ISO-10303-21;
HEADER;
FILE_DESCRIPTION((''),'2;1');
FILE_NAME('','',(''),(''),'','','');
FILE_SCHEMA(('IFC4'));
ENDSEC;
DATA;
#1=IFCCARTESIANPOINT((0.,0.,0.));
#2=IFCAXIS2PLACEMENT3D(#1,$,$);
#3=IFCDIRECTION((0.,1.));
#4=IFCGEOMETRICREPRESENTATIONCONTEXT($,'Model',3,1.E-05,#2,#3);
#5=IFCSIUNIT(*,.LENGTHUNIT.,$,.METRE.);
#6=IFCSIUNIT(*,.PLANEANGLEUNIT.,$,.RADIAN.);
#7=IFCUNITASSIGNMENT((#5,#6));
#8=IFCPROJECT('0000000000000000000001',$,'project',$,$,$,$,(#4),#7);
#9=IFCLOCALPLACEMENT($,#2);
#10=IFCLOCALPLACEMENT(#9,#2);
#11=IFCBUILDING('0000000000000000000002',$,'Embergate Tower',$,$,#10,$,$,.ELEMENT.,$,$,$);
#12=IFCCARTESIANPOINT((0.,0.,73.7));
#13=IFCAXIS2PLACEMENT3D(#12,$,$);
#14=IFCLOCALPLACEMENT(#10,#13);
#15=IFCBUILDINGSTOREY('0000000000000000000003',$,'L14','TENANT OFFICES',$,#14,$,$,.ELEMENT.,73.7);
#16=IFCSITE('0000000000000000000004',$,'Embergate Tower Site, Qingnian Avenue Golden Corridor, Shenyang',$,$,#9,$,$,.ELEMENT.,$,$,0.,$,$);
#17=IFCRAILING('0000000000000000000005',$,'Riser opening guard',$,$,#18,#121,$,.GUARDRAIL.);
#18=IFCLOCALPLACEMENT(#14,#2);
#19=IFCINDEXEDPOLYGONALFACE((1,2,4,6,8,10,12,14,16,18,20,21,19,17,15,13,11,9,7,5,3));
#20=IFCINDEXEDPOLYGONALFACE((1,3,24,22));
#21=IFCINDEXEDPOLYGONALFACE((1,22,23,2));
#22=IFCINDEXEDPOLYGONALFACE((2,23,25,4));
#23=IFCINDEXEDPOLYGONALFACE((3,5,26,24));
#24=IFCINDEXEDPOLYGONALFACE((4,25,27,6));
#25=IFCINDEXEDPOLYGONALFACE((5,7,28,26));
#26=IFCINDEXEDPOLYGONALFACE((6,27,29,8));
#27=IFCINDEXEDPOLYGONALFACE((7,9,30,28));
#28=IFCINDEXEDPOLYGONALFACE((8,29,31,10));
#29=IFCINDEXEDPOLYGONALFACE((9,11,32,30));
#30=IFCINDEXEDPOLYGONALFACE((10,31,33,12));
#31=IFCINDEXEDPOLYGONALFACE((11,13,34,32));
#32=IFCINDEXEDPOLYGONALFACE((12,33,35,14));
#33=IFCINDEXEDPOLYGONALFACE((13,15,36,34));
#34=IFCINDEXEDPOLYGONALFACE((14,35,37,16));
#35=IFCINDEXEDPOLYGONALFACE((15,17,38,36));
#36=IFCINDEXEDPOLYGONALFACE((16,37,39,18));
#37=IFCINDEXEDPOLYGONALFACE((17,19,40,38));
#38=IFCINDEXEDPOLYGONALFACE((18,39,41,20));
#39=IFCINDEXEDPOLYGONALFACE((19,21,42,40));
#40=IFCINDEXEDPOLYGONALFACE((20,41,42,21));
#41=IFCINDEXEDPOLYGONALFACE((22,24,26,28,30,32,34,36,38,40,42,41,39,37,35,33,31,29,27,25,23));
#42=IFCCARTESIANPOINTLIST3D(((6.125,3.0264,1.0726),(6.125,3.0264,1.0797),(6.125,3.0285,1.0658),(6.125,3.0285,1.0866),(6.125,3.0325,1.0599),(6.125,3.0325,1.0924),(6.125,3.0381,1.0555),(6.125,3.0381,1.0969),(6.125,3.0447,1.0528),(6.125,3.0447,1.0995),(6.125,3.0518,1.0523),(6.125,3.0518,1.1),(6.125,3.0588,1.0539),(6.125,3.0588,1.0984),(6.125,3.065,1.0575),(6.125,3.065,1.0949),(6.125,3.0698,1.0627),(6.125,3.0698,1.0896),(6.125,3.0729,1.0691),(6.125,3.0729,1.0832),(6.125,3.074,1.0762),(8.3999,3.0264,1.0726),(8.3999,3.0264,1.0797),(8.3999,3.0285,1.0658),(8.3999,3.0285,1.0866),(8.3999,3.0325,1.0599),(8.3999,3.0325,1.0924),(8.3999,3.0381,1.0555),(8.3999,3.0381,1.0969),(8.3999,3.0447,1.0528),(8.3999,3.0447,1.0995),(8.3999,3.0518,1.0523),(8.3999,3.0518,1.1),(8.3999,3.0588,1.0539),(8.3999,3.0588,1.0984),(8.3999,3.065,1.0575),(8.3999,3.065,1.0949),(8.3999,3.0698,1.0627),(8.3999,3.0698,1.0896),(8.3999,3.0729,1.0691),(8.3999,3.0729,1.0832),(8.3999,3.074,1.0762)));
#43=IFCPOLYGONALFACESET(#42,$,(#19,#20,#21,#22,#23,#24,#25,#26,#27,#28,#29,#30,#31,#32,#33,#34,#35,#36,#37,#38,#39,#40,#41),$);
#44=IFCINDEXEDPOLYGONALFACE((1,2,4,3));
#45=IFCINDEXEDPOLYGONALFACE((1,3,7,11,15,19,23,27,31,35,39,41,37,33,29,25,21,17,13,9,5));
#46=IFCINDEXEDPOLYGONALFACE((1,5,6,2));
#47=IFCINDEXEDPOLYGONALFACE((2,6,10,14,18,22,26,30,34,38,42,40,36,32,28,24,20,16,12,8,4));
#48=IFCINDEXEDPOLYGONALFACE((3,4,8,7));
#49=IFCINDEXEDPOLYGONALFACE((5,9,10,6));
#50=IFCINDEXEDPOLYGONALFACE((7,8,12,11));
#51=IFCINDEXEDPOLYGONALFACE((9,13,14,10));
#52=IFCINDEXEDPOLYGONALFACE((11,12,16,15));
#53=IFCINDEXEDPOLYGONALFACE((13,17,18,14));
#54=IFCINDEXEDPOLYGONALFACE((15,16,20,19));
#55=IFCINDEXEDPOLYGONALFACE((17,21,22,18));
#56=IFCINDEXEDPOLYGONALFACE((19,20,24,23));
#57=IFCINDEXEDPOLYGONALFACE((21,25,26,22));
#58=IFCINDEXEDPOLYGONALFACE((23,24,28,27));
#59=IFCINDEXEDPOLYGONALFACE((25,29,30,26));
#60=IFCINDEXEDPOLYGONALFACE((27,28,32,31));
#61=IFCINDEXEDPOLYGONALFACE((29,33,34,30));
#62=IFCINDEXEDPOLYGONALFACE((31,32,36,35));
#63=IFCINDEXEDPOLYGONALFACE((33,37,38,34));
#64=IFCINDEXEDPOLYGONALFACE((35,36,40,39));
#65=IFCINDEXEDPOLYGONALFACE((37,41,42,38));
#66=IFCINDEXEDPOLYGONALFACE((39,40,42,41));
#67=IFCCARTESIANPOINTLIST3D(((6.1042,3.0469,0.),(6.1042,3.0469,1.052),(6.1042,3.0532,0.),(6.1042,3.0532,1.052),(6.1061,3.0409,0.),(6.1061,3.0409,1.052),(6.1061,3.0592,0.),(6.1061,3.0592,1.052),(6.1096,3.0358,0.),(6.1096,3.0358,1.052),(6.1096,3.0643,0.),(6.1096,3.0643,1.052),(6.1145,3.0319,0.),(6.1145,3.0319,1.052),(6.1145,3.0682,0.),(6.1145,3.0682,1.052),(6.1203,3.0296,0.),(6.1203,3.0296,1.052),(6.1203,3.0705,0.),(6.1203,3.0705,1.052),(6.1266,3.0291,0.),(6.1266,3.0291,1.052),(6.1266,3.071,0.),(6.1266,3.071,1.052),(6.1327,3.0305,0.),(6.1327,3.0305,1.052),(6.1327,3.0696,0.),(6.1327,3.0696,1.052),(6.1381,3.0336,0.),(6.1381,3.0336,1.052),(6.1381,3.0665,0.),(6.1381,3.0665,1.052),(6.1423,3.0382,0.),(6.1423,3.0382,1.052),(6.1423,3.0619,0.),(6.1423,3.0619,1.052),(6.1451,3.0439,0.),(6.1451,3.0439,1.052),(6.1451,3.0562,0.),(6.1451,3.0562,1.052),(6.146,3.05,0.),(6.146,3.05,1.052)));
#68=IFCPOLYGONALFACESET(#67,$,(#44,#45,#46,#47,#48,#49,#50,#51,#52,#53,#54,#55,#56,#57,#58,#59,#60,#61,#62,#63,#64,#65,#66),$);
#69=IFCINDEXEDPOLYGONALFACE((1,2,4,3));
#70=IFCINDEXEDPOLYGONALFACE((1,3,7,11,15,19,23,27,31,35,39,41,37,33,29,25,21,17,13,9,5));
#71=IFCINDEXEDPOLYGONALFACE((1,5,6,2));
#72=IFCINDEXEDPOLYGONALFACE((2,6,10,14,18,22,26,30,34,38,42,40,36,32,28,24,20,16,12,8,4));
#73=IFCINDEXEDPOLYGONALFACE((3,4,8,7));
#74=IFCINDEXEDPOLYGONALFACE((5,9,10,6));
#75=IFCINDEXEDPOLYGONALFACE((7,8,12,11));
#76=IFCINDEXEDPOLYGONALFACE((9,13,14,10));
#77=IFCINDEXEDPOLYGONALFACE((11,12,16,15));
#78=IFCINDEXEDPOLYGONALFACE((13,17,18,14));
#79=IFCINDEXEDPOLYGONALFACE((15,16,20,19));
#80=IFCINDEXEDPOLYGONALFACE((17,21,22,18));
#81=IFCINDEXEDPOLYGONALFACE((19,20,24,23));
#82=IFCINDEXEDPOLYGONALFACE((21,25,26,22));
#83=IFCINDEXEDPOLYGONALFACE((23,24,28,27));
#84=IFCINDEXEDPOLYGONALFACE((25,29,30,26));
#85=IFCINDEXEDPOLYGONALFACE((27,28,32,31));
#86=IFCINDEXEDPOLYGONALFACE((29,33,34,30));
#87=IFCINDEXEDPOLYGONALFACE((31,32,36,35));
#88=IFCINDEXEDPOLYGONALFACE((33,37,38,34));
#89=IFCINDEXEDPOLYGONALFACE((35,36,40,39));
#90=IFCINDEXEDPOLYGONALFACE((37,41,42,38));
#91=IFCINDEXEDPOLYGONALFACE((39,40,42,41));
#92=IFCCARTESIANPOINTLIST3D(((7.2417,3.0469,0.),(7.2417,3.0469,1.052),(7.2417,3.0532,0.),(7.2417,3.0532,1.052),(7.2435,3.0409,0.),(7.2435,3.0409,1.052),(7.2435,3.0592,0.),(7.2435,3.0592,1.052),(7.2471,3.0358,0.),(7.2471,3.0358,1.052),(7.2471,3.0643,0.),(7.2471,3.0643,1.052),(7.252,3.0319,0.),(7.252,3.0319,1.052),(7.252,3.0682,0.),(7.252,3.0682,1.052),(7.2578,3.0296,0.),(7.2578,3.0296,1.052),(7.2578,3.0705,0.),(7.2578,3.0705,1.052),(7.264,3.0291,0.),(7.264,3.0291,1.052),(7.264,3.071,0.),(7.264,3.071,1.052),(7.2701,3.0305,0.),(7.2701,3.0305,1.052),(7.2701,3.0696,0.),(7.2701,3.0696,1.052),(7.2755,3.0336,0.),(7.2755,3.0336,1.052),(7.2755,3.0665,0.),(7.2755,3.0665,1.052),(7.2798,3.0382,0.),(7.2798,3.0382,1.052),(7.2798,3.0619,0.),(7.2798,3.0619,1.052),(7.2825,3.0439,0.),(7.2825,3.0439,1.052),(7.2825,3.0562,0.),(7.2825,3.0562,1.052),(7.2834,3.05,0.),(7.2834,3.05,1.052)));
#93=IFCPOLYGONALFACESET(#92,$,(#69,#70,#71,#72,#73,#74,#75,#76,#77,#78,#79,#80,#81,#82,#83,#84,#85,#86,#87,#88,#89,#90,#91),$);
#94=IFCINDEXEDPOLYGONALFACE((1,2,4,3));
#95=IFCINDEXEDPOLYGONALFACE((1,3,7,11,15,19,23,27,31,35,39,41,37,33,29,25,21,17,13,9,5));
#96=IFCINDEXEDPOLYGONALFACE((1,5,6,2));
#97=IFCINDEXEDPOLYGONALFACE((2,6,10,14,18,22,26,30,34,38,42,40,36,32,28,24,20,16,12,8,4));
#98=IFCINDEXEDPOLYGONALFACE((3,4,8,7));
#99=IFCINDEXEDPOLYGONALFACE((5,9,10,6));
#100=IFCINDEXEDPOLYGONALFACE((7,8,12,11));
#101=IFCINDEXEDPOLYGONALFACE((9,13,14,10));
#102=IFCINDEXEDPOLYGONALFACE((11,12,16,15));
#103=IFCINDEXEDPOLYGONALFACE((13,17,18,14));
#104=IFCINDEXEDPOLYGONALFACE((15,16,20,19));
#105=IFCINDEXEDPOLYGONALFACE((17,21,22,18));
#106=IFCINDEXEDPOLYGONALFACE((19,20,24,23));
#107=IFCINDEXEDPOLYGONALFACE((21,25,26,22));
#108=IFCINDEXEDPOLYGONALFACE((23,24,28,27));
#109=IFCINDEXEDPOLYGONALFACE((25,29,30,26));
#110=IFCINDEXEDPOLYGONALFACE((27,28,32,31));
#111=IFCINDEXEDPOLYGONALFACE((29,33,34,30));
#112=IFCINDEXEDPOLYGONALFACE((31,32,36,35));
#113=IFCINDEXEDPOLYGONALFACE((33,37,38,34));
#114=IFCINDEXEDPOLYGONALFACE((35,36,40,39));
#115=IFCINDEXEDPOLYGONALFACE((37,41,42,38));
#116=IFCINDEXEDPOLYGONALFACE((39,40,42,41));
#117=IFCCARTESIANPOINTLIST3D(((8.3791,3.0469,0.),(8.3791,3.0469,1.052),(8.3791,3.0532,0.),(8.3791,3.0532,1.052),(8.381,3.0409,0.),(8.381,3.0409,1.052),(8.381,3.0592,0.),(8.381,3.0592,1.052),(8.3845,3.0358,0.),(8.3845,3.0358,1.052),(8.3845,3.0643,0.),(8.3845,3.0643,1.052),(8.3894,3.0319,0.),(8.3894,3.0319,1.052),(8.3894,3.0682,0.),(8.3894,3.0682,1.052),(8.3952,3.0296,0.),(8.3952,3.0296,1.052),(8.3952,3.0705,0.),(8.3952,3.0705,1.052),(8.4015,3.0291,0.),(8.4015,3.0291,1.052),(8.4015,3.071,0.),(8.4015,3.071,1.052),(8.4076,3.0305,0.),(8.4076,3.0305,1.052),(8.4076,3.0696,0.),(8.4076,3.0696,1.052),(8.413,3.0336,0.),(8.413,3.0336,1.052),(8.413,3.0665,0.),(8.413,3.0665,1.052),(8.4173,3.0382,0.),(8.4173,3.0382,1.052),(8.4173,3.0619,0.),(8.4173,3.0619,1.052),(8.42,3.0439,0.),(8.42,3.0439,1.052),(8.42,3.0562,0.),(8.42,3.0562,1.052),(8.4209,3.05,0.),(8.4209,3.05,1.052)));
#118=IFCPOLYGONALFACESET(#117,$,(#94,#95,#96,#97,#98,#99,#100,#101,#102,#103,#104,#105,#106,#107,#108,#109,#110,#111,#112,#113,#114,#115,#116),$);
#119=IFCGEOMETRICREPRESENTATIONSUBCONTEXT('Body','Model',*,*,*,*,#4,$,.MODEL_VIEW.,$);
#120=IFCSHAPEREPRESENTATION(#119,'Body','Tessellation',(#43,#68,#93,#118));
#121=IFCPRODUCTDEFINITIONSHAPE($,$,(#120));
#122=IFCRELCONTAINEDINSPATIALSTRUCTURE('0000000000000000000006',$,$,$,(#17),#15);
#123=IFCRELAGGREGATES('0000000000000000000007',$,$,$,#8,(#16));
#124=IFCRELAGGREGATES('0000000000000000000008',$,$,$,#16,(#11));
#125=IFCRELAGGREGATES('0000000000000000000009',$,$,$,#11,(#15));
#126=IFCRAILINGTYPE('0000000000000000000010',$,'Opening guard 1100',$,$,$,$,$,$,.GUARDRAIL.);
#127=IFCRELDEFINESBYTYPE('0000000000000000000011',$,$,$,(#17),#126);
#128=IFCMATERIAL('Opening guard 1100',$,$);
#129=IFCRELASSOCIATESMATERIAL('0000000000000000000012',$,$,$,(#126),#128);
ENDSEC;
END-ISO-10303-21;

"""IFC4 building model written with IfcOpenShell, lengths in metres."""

from ifc_helpers import new_model, si_unit, direction, frame, origin, origin_2d, place, context, subcontext, project, spatial, circle, extrude, source, transform, mapped, material, type_object, element, save


model = new_model("IFC4")

# Units and contexts
model_context = context("Model", 3, precision=1e-05, world=origin(), true_north=direction((0.0, 1.0)))
body_context = subcontext(model_context, "Body", "Model", "MODEL_VIEW")
ifc_project = project(units=[si_unit("LENGTHUNIT", "METRE"), si_unit("PLANEANGLEUNIT", "RADIAN")], contexts=[model_context])

# Site, building, storey
site_placement = place(None, origin())
site = spatial("IfcSite", under=ifc_project, at=site_placement, Name="Embergate Tower Site, Qingnian Avenue Golden Corridor, Shenyang", CompositionType="ELEMENT", RefElevation=0.0)
building_placement = place(site_placement, origin())
building = spatial("IfcBuilding", under=site, at=building_placement, Name="Embergate Tower", CompositionType="ELEMENT")
storey_placement = place(building_placement, frame((0.0, 0.0, 73.7)))
storey = spatial("IfcBuildingStorey", under=building, at=storey_placement, Name="L14", Description="TENANT OFFICES", CompositionType="ELEMENT", Elevation=73.7)

# Railing
ifc_material_1 = material(Name="Opening guard 1100")
railing_type = type_object("IfcRailingType", Name="Opening guard 1100", PredefinedType="GUARDRAIL", material=ifc_material_1)
shared_shape_1 = source(origin(), body_context, "Body", "SweptSolid", [
    extrude(circle(Radius=0.0239, at=origin_2d()), frame((0.0, 0.0, 1.0762), z_axis=(1.0, 0.0, 0.0), x_axis=(0.0, 1.0, 0.0)), (0.0, 0.0, 1.0), 2.2749),
    extrude(circle(Radius=0.021, at=origin_2d()), origin(), (0.0, 0.0, 1.0), 1.052),
    extrude(circle(Radius=0.021, at=origin_2d()), frame((1.1375, 0.0, 0.0)), (0.0, 0.0, 1.0), 1.052),
    extrude(circle(Radius=0.021, at=origin_2d()), frame((2.2749, 0.0, 0.0)), (0.0, 0.0, 1.0), 1.052),
])
railing_placement = place(storey_placement, frame((6.125, 3.05, 0.0)))
element("IfcRailing", 1, at=railing_placement, inside=storey, type_object=railing_type, Name="Riser opening guard", PredefinedType="GUARDRAIL", context=body_context, shape_type="MappedRepresentation", body=[
    mapped(shared_shape_1, transform((0.0, 0.0, 0.0))),
])

save(model, "model.ifc")
